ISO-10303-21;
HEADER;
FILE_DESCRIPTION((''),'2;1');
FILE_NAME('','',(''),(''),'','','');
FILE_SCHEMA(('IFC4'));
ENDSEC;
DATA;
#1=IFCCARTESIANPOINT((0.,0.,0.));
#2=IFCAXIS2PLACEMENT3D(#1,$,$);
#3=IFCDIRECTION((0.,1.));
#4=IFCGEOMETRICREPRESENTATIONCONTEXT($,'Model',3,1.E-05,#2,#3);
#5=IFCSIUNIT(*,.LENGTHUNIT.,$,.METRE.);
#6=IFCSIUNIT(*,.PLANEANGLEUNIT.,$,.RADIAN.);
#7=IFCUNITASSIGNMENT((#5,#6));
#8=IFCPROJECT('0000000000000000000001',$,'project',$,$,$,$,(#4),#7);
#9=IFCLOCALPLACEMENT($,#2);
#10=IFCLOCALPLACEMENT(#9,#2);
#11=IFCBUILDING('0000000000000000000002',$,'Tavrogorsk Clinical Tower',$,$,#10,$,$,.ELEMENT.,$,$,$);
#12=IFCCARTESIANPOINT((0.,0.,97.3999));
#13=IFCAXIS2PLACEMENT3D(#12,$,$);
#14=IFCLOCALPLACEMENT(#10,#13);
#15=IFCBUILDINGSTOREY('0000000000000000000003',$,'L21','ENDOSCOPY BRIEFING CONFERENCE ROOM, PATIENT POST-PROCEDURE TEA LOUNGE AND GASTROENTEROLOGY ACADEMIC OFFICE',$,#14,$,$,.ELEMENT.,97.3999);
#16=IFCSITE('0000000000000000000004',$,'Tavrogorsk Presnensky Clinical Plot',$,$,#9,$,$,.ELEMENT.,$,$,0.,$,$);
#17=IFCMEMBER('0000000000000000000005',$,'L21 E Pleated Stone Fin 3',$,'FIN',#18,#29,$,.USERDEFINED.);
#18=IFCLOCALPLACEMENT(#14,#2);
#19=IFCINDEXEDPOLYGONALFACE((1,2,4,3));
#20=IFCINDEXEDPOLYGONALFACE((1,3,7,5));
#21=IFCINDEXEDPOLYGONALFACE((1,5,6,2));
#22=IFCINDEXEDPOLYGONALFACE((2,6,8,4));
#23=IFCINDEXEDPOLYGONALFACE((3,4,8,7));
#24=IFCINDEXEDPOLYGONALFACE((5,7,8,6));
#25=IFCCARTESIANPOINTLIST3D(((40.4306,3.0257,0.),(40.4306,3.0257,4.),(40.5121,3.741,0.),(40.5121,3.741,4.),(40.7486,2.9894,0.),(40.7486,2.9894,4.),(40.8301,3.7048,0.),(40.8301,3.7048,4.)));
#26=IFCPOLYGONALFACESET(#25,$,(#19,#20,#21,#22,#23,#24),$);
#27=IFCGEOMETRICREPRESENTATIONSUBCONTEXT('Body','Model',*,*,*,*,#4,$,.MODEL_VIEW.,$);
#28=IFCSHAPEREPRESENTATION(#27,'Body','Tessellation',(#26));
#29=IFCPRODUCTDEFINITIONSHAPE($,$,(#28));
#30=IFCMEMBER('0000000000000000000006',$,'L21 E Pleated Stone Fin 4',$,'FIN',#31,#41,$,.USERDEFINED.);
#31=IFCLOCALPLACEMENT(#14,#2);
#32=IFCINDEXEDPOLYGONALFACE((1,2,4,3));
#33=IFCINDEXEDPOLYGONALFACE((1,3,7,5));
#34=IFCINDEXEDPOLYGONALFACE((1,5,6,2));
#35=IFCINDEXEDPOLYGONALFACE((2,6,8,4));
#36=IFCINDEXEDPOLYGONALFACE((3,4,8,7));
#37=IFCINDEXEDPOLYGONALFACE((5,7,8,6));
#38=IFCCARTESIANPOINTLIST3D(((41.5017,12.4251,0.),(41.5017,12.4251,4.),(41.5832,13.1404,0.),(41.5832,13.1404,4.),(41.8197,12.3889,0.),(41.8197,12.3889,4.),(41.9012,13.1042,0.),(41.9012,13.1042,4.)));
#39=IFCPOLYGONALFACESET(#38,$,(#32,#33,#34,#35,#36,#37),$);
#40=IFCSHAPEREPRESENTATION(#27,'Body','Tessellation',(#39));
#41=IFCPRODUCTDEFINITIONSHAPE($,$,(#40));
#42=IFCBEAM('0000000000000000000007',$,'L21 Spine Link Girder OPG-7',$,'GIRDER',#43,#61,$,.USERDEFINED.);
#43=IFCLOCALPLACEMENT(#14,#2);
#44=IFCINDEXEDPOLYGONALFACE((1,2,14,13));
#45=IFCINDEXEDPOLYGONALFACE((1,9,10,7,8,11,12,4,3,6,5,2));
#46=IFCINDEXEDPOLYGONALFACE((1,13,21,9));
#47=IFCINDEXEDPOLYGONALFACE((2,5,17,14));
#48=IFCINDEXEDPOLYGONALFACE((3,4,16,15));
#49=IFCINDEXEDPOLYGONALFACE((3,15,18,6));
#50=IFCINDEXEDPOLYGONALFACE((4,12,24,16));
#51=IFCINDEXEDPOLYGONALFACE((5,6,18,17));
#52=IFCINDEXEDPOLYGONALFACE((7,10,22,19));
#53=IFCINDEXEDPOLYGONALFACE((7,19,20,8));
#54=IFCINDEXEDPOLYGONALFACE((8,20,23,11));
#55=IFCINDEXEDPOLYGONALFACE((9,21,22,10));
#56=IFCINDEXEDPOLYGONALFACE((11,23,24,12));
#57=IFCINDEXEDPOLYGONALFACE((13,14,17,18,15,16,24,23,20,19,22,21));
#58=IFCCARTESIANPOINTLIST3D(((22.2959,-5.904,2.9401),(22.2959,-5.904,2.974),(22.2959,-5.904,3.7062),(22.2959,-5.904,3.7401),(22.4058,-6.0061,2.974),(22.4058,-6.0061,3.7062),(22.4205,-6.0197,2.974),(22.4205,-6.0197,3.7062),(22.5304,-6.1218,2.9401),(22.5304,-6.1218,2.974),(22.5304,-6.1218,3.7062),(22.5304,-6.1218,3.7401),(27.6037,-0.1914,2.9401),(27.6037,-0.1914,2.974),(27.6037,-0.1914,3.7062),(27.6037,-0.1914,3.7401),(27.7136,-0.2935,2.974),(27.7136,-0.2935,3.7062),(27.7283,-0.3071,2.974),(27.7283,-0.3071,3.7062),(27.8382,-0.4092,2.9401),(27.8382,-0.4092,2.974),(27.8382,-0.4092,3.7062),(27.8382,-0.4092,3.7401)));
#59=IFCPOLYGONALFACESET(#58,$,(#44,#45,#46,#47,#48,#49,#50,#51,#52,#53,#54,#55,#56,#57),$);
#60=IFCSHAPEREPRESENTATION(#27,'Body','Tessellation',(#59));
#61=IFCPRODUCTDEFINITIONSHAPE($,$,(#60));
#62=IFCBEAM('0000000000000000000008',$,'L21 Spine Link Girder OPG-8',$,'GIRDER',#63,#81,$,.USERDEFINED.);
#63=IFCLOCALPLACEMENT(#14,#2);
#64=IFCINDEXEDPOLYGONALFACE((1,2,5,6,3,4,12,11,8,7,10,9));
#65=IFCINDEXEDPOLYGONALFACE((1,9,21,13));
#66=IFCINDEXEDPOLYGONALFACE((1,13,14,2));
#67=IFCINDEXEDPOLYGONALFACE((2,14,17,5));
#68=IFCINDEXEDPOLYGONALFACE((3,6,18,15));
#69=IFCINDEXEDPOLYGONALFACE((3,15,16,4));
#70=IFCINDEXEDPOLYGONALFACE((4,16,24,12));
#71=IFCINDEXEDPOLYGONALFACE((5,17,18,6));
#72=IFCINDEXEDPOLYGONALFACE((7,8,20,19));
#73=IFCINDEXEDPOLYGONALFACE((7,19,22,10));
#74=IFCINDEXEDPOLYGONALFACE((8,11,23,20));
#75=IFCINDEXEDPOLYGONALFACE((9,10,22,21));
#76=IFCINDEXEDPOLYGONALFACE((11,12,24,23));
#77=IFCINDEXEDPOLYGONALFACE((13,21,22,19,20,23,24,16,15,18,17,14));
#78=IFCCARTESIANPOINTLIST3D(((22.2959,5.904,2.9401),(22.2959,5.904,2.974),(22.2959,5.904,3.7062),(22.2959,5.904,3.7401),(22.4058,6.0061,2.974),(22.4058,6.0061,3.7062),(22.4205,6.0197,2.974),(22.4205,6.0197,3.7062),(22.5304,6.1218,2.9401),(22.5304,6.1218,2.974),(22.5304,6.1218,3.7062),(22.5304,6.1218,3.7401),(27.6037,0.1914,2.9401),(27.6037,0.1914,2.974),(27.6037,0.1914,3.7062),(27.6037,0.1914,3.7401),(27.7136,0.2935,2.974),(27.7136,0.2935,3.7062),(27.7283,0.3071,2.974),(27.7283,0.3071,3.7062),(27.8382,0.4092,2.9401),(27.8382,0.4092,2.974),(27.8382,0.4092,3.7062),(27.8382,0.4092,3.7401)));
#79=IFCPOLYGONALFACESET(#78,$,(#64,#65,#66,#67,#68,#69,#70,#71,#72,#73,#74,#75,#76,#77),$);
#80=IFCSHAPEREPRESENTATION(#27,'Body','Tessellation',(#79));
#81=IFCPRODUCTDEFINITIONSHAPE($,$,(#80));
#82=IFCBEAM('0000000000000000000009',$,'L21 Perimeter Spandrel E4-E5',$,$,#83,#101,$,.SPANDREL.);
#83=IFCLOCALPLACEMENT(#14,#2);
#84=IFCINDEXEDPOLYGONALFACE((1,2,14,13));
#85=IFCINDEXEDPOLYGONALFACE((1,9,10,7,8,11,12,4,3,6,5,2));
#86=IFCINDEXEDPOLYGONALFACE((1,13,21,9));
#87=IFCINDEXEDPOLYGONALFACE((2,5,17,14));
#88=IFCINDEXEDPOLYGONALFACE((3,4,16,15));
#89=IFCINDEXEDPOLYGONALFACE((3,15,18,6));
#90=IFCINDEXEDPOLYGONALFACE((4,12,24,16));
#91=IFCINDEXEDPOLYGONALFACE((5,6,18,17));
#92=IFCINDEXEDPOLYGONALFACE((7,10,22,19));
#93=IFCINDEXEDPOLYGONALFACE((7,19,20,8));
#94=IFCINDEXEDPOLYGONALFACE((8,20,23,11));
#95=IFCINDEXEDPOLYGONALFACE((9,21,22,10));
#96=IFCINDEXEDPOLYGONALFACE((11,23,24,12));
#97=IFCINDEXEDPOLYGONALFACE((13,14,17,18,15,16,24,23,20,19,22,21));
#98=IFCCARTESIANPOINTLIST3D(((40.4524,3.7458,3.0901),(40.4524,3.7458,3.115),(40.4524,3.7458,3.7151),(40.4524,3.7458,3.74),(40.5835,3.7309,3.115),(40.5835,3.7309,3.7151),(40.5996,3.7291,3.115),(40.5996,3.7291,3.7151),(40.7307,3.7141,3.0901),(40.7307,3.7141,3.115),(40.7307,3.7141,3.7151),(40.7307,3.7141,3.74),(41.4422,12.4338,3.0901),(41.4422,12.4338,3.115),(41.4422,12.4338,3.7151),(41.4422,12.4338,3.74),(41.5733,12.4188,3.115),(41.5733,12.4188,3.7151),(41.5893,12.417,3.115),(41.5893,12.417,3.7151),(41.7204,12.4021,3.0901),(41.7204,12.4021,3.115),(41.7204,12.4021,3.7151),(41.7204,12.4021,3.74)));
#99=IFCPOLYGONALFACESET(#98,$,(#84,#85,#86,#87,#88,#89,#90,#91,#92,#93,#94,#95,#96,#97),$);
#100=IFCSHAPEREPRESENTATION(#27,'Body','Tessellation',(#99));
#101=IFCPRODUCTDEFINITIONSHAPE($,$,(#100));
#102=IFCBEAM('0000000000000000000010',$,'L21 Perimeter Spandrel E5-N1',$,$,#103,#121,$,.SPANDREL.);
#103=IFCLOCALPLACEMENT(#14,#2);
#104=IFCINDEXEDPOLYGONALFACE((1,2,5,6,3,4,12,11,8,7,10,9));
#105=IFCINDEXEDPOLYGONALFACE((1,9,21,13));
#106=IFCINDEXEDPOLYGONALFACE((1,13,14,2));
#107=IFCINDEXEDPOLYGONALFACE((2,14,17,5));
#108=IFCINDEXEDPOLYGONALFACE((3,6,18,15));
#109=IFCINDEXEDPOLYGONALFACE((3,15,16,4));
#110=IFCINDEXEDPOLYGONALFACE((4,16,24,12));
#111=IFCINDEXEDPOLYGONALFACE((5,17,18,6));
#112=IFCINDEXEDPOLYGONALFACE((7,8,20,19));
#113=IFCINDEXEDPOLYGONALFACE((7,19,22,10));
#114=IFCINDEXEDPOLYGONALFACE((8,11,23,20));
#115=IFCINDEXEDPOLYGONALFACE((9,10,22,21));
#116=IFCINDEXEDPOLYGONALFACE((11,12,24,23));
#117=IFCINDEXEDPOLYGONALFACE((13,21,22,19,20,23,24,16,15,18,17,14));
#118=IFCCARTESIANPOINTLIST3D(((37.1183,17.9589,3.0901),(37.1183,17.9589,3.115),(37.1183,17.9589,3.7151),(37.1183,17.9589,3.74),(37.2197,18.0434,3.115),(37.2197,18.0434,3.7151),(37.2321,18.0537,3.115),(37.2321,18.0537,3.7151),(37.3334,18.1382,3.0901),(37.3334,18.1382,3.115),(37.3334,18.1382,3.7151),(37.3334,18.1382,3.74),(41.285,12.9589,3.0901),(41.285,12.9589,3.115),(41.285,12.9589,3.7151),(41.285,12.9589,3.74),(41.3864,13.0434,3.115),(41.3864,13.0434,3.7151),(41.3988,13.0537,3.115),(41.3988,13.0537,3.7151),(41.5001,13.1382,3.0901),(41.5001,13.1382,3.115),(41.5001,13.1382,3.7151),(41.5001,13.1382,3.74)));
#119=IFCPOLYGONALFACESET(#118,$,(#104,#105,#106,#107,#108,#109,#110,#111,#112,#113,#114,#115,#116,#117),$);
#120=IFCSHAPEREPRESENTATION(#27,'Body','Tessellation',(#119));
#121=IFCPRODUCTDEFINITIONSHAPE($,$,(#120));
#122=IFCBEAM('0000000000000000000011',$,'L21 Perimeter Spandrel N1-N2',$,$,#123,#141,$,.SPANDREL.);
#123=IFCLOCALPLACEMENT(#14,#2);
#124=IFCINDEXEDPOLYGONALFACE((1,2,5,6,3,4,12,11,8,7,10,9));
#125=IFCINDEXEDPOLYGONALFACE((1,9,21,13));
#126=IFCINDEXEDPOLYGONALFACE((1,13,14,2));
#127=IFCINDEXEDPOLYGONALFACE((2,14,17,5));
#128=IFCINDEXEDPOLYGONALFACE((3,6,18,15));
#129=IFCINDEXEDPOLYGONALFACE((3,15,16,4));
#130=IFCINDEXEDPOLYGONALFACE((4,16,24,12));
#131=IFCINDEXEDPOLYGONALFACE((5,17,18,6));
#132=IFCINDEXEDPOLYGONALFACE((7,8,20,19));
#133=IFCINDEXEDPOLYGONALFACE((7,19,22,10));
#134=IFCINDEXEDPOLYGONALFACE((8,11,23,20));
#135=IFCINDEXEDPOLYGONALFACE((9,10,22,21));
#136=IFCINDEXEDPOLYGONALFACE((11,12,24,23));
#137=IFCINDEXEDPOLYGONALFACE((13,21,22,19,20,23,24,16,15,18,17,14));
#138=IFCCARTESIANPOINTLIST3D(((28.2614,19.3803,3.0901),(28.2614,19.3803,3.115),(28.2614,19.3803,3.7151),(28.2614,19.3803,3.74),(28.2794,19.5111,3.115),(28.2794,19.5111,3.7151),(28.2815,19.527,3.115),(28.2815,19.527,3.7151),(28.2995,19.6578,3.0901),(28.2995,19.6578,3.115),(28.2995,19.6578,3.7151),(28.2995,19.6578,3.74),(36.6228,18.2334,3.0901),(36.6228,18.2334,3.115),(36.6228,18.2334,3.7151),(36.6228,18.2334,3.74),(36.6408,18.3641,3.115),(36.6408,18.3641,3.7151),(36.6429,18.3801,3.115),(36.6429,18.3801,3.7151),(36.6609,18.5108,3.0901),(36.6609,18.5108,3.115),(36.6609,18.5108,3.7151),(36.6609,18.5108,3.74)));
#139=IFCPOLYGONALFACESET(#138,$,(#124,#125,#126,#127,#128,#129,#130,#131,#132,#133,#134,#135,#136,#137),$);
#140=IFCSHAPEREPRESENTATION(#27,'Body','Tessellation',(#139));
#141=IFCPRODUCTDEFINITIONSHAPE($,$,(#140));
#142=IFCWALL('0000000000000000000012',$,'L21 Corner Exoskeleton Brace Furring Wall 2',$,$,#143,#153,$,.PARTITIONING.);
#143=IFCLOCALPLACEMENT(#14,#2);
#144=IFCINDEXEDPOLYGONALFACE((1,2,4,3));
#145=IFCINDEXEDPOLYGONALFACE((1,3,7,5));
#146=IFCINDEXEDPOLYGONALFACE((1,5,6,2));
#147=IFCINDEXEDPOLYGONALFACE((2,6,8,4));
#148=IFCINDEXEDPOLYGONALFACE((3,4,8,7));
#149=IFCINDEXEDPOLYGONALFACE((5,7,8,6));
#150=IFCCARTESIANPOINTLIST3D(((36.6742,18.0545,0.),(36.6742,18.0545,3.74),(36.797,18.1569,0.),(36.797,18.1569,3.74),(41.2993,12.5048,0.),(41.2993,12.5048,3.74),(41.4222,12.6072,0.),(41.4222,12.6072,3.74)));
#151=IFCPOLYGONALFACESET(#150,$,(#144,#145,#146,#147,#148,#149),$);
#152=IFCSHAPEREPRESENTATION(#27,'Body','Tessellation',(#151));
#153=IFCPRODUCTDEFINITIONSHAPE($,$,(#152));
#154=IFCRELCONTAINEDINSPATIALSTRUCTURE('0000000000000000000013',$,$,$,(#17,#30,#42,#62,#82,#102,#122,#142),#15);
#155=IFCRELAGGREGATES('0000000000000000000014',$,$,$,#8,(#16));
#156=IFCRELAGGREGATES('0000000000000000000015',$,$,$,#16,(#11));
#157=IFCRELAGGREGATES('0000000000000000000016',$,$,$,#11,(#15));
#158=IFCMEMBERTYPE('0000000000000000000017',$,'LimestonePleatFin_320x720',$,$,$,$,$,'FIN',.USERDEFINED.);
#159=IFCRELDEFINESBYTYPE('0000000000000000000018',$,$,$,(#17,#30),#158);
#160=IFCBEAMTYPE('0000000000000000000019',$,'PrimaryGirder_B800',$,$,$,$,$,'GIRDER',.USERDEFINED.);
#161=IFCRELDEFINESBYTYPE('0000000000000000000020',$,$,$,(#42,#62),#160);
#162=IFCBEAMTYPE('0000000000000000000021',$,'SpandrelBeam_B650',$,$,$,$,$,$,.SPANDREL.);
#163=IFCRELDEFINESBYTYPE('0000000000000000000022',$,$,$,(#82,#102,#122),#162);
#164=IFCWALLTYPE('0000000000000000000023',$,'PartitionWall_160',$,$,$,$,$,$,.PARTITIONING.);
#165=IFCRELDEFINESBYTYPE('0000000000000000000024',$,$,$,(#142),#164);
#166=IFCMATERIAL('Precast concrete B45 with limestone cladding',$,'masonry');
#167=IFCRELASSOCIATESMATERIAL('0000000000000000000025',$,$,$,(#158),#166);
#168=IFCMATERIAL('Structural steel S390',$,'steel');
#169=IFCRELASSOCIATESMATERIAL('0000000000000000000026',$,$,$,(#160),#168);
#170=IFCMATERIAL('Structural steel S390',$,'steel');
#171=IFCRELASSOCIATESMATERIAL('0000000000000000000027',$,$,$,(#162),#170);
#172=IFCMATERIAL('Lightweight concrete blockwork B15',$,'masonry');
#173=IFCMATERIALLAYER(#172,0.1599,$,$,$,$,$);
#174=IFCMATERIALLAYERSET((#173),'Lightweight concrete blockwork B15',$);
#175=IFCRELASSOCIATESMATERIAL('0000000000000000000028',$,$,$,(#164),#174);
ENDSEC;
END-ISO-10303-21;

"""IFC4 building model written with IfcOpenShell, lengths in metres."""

from ifc_helpers import new_model, si_unit, direction, frame, frame_2d, origin, origin_2d, place, context, subcontext, project, spatial, rectangle, i_section, extrude, material, layer, layer_set, material_profile, profile_set, type_object, element, save


model = new_model("IFC4")

# Units and contexts
model_context = context("Model", 3, precision=1e-05, world=origin(), true_north=direction((0.0, 1.0)))
body_context = subcontext(model_context, "Body", "Model", "MODEL_VIEW")
ifc_project = project(units=[si_unit("LENGTHUNIT", "METRE"), si_unit("PLANEANGLEUNIT", "RADIAN")], contexts=[model_context])

# Site, building, storey
site_placement = place(None, origin())
site = spatial("IfcSite", under=ifc_project, at=site_placement, Name="Tavrogorsk Presnensky Clinical Plot", CompositionType="ELEMENT", RefElevation=0.0)
building_placement = place(site_placement, origin())
building = spatial("IfcBuilding", under=site, at=building_placement, Name="Tavrogorsk Clinical Tower", CompositionType="ELEMENT")
storey_placement = place(building_placement, frame((0.0, 0.0, 97.3999)))
storey = spatial("IfcBuildingStorey", under=building, at=storey_placement, Name="L21", Description="ENDOSCOPY BRIEFING CONFERENCE ROOM, PATIENT POST-PROCEDURE TEA LOUNGE AND GASTROENTEROLOGY ACADEMIC OFFICE", CompositionType="ELEMENT", Elevation=97.3999)

# Members
ifc_material_1 = material(Name="Precast concrete B45 with limestone cladding", Category="masonry")
ifc_material_profile_1 = material_profile(ifc_material_1, rectangle(XDim=0.3201, YDim=0.72, at=origin_2d()), Name="LIMESTONE-FIN-320x720")
ifc_profile_set_1 = profile_set([ifc_material_profile_1], Name="Precast concrete B45 with limestone cladding")
member_type_1 = type_object("IfcMemberType", Name="LimestonePleatFin_320x720", ElementType="FIN", PredefinedType="USERDEFINED", material=ifc_profile_set_1)
for number, where, z_axis, x_axis, name in (
    (1, (40.6304, 3.3652, 0.0), (0.0, 0.0, 1.0), (0.993572, -0.113203, 0.0), "L21 E Pleated Stone Fin 3"),
    (2, (41.7014, 12.7646, 0.0), (0.0, 0.0, 1.0), (0.993572, -0.113203, 0.0), "L21 E Pleated Stone Fin 4"),
):
    element("IfcMember", number, at=place(storey_placement, frame(where, z_axis=z_axis, x_axis=x_axis)), inside=storey, type_object=member_type_1, Name=name, ObjectType="FIN", PredefinedType="USERDEFINED", context=body_context, shape_type="SweptSolid", body=[
        extrude(rectangle(XDim=0.3201, YDim=0.72, at=origin_2d()), origin(), (0.0, 0.0, 1.0), 4.0),
    ])

# Beams
ifc_material_2 = material(Name="Structural steel S390", Category="steel")
ifc_material_profile_2 = material_profile(ifc_material_2, i_section(OverallWidth=0.3201, OverallDepth=0.8, WebThickness=0.02, FlangeThickness=0.0339, at=origin_2d()), Name="B-800x320x20x34")
ifc_profile_set_2 = profile_set([ifc_material_profile_2], Name="Structural steel S390")
beam_type_1 = type_object("IfcBeamType", Name="PrimaryGirder_B800", ElementType="GIRDER", PredefinedType="USERDEFINED", material=ifc_profile_set_2)
for number, where, z_axis, x_axis, name in (
    (3, (27.7209, -0.3003, 3.3401), (-0.680676, -0.732585, 0.0), (0.732585, -0.680676, 0.0), "L21 Spine Link Girder OPG-7"),
    (4, (27.7209, 0.3003, 3.3401), (-0.680676, 0.732585, 0.0), (-0.732585, -0.680676, 0.0), "L21 Spine Link Girder OPG-8"),
):
    element("IfcBeam", number, at=place(storey_placement, frame(where, z_axis=z_axis, x_axis=x_axis)), inside=storey, type_object=beam_type_1, Name=name, ObjectType="GIRDER", PredefinedType="USERDEFINED", context=body_context, shape_type="SweptSolid", body=[
        extrude(i_section(OverallWidth=0.3201, OverallDepth=0.8, WebThickness=0.02, FlangeThickness=0.0339, at=origin_2d()), origin(), (0.0, 0.0, 1.0), 7.7979),
    ])
ifc_material_3 = material(Name="Structural steel S390", Category="steel")
ifc_material_profile_3 = material_profile(ifc_material_3, i_section(OverallWidth=0.28, OverallDepth=0.6499, WebThickness=0.0161, FlangeThickness=0.0249, at=origin_2d()), Name="B-650x280x16x25")
ifc_profile_set_3 = profile_set([ifc_material_profile_3], Name="Structural steel S390")
beam_type_2 = type_object("IfcBeamType", Name="SpandrelBeam_B650", PredefinedType="SPANDREL", material=ifc_profile_set_3)
beam_1_placement = place(storey_placement, frame((40.5916, 3.73, 3.415), z_axis=(0.113189, 0.993573, 0.0), x_axis=(-0.993573, 0.113189, 0.0)))
element("IfcBeam", 5, at=beam_1_placement, inside=storey, type_object=beam_type_2, Name="L21 Perimeter Spandrel E4-E5", PredefinedType="SPANDREL", context=body_context, shape_type="SweptSolid", body=[
    extrude(i_section(OverallWidth=0.28, OverallDepth=0.6499, WebThickness=0.0161, FlangeThickness=0.0249, at=origin_2d()), origin(), (0.0, 0.0, 1.0), 8.7441),
])
beam_2_placement = place(storey_placement, frame((41.3926, 13.0486, 3.415), z_axis=(-0.640192, 0.768215, 0.0), x_axis=(-0.768215, -0.640192, 0.0)))
element("IfcBeam", 6, at=beam_2_placement, inside=storey, type_object=beam_type_2, Name="L21 Perimeter Spandrel E5-N1", PredefinedType="SPANDREL", context=body_context, shape_type="SweptSolid", body=[
    extrude(i_section(OverallWidth=0.28, OverallDepth=0.6499, WebThickness=0.0161, FlangeThickness=0.0249, at=origin_2d()), origin(), (0.0, 0.0, 1.0), 6.5085),
])
beam_3_placement = place(storey_placement, frame((36.6418, 18.3721, 3.415), z_axis=(-0.990722, 0.135903, 0.0), x_axis=(-0.135903, -0.990722, 0.0)))
element("IfcBeam", 7, at=beam_3_placement, inside=storey, type_object=beam_type_2, Name="L21 Perimeter Spandrel N1-N2", PredefinedType="SPANDREL", context=body_context, shape_type="SweptSolid", body=[
    extrude(i_section(OverallWidth=0.28, OverallDepth=0.6499, WebThickness=0.0161, FlangeThickness=0.0249, at=origin_2d()), origin(), (0.0, 0.0, 1.0), 8.4397),
])

# Wall
ifc_material_4 = material(Name="Lightweight concrete blockwork B15", Category="masonry")
ifc_layer_1 = layer(ifc_material_4, 0.1599)
ifc_layer_set_1 = layer_set([ifc_layer_1], Name="Lightweight concrete blockwork B15")
wall_type_1 = type_object("IfcWallType", Name="PartitionWall_160", PredefinedType="PARTITIONING", material=ifc_layer_set_1)
wall_1_placement = place(storey_placement, frame((41.3608, 12.5559, 0.0), z_axis=(0.0, 0.0, 1.0), x_axis=(-0.640218, 0.768194, 0.0)))
element("IfcWall", 8, at=wall_1_placement, inside=storey, type_object=wall_type_1, Name="L21 Corner Exoskeleton Brace Furring Wall 2", PredefinedType="PARTITIONING", context=body_context, shape_type="SweptSolid", body=[
    extrude(rectangle(XDim=7.2244, YDim=0.1599, at=frame_2d((3.6123, 0.0))), origin(), (0.0, 0.0, 1.0), 3.74),
])

save(model, "model.ifc")
